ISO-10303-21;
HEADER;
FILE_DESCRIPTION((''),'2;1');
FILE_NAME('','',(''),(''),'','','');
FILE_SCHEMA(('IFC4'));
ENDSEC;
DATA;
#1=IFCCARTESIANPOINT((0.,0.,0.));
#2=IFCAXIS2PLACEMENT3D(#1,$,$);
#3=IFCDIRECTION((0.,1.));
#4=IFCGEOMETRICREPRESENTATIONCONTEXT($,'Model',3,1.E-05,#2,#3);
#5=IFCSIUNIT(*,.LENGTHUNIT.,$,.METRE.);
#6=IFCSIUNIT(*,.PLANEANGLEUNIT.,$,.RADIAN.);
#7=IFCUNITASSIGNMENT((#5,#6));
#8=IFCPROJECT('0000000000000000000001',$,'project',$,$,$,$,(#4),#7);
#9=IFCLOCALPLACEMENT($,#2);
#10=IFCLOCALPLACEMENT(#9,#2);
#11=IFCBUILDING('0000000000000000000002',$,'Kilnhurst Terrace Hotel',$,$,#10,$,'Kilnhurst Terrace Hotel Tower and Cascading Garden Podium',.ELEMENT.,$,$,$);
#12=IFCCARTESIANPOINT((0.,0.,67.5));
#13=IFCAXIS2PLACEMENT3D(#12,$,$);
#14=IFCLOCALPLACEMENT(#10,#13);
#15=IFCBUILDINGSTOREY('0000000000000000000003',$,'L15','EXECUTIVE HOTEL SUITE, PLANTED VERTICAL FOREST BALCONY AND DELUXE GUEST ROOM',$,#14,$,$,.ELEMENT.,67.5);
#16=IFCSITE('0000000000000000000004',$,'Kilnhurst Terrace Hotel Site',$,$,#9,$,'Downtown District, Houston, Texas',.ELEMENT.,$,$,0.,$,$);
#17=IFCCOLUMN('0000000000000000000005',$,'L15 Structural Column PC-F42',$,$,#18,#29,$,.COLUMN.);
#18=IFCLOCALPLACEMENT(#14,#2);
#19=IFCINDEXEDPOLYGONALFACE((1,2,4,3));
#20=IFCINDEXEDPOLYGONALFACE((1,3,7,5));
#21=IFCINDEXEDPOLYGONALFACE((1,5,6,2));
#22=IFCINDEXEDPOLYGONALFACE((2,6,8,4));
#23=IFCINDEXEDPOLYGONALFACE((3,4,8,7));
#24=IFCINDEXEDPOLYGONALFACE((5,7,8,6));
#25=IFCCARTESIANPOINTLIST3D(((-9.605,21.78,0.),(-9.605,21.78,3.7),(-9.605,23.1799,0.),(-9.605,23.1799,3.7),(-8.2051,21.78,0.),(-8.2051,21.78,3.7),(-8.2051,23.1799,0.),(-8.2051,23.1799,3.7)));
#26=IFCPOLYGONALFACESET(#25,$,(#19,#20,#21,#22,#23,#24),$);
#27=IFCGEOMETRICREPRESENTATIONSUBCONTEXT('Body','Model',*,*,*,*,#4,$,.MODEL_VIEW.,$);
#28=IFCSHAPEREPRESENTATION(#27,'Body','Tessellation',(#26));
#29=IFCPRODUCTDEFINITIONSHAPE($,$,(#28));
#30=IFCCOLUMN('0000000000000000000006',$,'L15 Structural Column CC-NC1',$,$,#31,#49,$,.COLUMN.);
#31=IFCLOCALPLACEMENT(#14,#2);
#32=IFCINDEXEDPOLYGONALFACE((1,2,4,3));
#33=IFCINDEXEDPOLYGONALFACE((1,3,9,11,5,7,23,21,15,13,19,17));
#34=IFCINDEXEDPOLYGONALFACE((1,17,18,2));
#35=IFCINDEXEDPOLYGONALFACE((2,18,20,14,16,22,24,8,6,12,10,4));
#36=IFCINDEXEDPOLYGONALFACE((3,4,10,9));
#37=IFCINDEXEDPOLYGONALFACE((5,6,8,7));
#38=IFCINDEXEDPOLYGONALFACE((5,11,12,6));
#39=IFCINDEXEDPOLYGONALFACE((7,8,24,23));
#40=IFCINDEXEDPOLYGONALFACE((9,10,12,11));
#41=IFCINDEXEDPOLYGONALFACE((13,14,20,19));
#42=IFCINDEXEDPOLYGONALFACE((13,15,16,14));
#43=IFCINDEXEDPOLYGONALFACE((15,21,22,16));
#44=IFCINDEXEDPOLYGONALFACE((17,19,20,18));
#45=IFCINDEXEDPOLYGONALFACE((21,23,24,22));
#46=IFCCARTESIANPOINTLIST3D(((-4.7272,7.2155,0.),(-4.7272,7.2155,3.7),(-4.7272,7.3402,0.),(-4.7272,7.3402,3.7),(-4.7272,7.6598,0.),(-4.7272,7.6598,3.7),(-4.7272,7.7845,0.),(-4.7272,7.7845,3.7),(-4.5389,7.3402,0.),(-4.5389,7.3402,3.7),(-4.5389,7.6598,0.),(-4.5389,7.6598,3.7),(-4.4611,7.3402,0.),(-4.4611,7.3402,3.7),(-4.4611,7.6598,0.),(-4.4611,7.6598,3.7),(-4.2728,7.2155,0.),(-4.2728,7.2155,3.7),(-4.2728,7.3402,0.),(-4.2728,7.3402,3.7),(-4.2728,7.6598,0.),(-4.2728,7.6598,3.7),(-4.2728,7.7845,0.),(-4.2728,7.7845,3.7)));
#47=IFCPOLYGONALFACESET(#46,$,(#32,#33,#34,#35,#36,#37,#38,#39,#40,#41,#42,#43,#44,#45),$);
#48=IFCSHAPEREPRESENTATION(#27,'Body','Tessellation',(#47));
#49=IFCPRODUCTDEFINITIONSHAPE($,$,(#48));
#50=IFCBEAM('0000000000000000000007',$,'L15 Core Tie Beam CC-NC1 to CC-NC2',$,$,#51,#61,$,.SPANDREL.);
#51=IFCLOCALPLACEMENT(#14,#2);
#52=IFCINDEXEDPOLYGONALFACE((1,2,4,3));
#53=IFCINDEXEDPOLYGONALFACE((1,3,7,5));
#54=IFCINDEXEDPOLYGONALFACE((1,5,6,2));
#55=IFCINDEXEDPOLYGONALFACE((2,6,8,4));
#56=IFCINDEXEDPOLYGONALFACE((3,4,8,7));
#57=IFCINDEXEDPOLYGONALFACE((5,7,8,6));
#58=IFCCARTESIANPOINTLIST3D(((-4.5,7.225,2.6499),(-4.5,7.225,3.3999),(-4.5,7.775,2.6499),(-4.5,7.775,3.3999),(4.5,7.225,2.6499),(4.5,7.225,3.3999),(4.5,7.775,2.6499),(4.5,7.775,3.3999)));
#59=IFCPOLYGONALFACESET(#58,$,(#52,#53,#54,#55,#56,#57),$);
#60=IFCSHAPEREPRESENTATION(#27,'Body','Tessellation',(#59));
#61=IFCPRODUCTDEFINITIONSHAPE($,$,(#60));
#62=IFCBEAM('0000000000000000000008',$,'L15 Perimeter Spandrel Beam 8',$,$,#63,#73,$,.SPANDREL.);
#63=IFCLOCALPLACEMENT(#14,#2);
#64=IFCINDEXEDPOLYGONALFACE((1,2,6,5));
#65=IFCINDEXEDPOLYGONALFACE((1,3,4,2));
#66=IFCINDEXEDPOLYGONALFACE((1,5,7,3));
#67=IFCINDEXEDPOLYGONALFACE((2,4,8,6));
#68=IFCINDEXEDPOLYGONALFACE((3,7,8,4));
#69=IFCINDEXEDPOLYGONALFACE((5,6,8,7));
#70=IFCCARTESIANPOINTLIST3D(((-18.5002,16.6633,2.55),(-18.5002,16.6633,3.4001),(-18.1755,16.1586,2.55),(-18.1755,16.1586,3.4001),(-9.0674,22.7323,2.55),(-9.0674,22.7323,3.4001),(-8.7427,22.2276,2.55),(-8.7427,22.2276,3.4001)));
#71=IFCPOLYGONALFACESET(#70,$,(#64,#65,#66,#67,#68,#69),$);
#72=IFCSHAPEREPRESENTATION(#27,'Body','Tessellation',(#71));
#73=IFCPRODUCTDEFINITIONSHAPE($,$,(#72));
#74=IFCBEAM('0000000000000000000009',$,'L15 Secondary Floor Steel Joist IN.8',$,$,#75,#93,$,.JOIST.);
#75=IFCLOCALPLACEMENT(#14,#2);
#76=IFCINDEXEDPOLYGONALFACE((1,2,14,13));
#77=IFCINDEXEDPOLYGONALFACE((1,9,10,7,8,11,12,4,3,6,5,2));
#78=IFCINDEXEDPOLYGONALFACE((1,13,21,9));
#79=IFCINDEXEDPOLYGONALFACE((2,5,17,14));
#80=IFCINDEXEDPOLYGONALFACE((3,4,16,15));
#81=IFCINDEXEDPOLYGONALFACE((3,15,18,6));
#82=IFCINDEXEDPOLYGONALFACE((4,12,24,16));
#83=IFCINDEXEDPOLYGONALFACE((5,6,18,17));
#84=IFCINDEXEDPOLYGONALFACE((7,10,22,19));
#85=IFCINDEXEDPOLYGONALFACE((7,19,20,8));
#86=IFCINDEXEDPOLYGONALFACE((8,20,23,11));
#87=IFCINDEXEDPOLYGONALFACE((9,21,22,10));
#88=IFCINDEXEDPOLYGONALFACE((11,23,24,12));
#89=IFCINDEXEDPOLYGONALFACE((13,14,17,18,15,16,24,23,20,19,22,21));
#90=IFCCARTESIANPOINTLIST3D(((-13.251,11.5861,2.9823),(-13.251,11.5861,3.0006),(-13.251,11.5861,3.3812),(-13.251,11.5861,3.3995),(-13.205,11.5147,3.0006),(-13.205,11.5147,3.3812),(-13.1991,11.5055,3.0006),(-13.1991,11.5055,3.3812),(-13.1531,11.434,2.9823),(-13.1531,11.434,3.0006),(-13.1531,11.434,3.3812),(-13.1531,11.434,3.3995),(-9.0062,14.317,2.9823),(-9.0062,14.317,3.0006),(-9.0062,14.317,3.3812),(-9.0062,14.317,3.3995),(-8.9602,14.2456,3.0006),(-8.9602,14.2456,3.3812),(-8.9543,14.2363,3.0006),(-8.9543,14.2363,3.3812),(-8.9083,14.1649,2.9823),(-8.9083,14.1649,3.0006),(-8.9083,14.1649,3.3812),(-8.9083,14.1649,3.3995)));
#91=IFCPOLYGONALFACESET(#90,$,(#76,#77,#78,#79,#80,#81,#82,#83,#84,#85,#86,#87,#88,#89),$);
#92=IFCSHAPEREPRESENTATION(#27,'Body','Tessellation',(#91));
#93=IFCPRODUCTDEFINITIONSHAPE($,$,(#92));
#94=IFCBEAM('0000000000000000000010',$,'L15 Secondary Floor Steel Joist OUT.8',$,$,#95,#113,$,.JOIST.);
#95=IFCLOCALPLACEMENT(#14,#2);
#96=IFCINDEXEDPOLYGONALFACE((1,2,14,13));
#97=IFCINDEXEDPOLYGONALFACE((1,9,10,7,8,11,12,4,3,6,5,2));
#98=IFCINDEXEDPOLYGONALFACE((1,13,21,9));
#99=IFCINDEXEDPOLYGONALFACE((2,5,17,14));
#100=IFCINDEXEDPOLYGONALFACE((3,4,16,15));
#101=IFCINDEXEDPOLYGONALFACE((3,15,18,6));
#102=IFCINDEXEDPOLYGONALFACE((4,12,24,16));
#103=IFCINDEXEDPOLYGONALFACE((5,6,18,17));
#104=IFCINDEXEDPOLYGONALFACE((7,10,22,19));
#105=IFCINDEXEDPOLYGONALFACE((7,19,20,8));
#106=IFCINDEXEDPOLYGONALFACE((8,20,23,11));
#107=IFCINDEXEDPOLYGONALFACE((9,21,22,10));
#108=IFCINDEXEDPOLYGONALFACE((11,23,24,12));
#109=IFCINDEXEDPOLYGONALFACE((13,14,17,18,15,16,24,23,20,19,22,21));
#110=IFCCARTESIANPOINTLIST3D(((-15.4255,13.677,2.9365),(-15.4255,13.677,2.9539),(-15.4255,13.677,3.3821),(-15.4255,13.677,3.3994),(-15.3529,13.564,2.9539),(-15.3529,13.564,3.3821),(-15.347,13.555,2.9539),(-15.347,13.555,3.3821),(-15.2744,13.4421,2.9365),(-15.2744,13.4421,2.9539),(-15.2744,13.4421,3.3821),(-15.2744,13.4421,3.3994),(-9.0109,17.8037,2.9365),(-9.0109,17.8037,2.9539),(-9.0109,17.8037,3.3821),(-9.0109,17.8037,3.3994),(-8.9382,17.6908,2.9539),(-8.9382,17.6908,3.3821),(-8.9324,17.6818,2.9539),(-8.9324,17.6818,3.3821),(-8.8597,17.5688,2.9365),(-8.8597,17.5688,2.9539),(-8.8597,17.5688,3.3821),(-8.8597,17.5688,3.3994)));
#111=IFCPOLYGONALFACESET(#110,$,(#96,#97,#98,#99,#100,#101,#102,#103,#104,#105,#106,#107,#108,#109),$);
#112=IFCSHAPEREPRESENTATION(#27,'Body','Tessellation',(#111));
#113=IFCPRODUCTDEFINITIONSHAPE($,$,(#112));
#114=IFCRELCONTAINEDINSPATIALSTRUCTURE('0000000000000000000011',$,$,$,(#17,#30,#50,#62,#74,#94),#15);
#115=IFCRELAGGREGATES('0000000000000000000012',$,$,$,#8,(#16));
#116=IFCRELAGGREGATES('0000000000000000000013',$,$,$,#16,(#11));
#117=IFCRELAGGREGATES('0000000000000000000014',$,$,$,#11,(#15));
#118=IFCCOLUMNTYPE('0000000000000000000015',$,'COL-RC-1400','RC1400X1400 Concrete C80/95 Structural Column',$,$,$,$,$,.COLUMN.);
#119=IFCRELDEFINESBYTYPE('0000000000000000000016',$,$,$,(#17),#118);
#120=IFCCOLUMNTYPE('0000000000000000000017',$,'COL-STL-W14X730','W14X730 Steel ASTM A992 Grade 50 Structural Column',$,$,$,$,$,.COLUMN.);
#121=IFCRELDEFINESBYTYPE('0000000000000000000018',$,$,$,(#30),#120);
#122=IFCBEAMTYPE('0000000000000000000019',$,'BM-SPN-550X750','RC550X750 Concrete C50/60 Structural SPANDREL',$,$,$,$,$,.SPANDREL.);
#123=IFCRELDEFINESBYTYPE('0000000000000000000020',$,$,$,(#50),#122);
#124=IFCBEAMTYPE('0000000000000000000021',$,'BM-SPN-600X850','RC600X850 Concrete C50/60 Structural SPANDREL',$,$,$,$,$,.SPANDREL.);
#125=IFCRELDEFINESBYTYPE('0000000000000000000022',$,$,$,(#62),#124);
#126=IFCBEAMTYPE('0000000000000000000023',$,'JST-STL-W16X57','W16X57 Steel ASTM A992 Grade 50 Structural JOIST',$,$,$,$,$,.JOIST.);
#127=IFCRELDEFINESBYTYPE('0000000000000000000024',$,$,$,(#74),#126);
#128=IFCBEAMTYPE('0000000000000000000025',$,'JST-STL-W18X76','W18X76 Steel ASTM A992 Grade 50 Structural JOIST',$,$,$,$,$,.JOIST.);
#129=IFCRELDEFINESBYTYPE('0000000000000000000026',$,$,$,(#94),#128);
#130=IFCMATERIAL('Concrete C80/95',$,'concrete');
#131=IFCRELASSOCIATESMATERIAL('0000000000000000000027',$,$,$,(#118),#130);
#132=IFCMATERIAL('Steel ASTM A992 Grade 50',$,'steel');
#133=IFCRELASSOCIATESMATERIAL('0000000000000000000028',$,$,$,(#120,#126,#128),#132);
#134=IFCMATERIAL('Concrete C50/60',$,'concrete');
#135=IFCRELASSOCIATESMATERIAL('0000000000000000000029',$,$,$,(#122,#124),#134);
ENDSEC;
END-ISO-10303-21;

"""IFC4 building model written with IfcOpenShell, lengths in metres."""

from ifc_helpers import new_model, si_unit, direction, frame, origin, origin_2d, place, context, subcontext, project, spatial, rectangle, i_section, extrude, material, material_profile, profile_set, type_object, element, save


model = new_model("IFC4")

# Units and contexts
model_context = context("Model", 3, precision=1e-05, world=origin(), true_north=direction((0.0, 1.0)))
body_context = subcontext(model_context, "Body", "Model", "MODEL_VIEW")
ifc_project = project(units=[si_unit("LENGTHUNIT", "METRE"), si_unit("PLANEANGLEUNIT", "RADIAN")], contexts=[model_context])

# Site, building, storey
site_placement = place(None, origin())
site = spatial("IfcSite", under=ifc_project, at=site_placement, Name="Kilnhurst Terrace Hotel Site", LongName="Downtown District, Houston, Texas", CompositionType="ELEMENT", RefElevation=0.0)
building_placement = place(site_placement, origin())
building = spatial("IfcBuilding", under=site, at=building_placement, Name="Kilnhurst Terrace Hotel", LongName="Kilnhurst Terrace Hotel Tower and Cascading Garden Podium", CompositionType="ELEMENT")
storey_placement = place(building_placement, frame((0.0, 0.0, 67.5)))
storey = spatial("IfcBuildingStorey", under=building, at=storey_placement, Name="L15", Description="EXECUTIVE HOTEL SUITE, PLANTED VERTICAL FOREST BALCONY AND DELUXE GUEST ROOM", CompositionType="ELEMENT", Elevation=67.5)

# Columns
ifc_material_1 = material(Name="Concrete C80/95", Category="concrete")
ifc_material_profile_1 = material_profile(ifc_material_1, rectangle(XDim=1.3999, YDim=1.3999, at=origin_2d()), Name="RC1400X1400")
ifc_profile_set_1 = profile_set([ifc_material_profile_1], Name="Concrete C80/95")
column_type_1 = type_object("IfcColumnType", Name="COL-RC-1400", Description="RC1400X1400 Concrete C80/95 Structural Column", PredefinedType="COLUMN", material=ifc_profile_set_1)
column_1_placement = place(storey_placement, frame((-8.905, 22.48, 0.0), z_axis=(0.0, 0.0, 1.0), x_axis=(1.0, 0.0, 0.0)))
element("IfcColumn", 1, at=column_1_placement, inside=storey, type_object=column_type_1, Name="L15 Structural Column PC-F42", PredefinedType="COLUMN", context=body_context, shape_type="SweptSolid", body=[
    extrude(rectangle(XDim=1.3999, YDim=1.3999, at=origin_2d()), origin(), (0.0, 0.0, 1.0), 3.7),
])
ifc_material_2 = material(Name="Steel ASTM A992 Grade 50", Category="steel")
ifc_material_profile_2 = material_profile(ifc_material_2, i_section(OverallWidth=0.4543, OverallDepth=0.5691, WebThickness=0.0779, FlangeThickness=0.1248, at=origin_2d()), Name="W14X730")
ifc_profile_set_2 = profile_set([ifc_material_profile_2], Name="Steel ASTM A992 Grade 50")
column_type_2 = type_object("IfcColumnType", Name="COL-STL-W14X730", Description="W14X730 Steel ASTM A992 Grade 50 Structural Column", PredefinedType="COLUMN", material=ifc_profile_set_2)
column_2_placement = place(storey_placement, frame((-4.5, 7.5, 0.0), z_axis=(0.0, 0.0, 1.0), x_axis=(1.0, 0.0, 0.0)))
element("IfcColumn", 2, at=column_2_placement, inside=storey, type_object=column_type_2, Name="L15 Structural Column CC-NC1", PredefinedType="COLUMN", context=body_context, shape_type="SweptSolid", body=[
    extrude(i_section(OverallWidth=0.4543, OverallDepth=0.5691, WebThickness=0.0779, FlangeThickness=0.1248, at=origin_2d()), origin(), (0.0, 0.0, 1.0), 3.7),
])

# Beams
ifc_material_3 = material(Name="Concrete C50/60", Category="concrete")
ifc_material_profile_3 = material_profile(ifc_material_3, rectangle(XDim=0.55, YDim=0.75, at=origin_2d()), Name="RC550X750")
ifc_profile_set_3 = profile_set([ifc_material_profile_3], Name="Concrete C50/60")
beam_type_1 = type_object("IfcBeamType", Name="BM-SPN-550X750", Description="RC550X750 Concrete C50/60 Structural SPANDREL", PredefinedType="SPANDREL", material=ifc_profile_set_3)
beam_1_placement = place(storey_placement, frame((-4.5, 7.5, 3.0249), z_axis=(1.0, 0.0, 0.0), x_axis=(0.0, 1.0, 0.0)))
element("IfcBeam", 3, at=beam_1_placement, inside=storey, type_object=beam_type_1, Name="L15 Core Tie Beam CC-NC1 to CC-NC2", PredefinedType="SPANDREL", context=body_context, shape_type="SweptSolid", body=[
    extrude(rectangle(XDim=0.55, YDim=0.75, at=origin_2d()), origin(), (0.0, 0.0, 1.0), 9.0),
])
ifc_material_profile_4 = material_profile(ifc_material_3, rectangle(XDim=0.6001, YDim=0.8501, at=origin_2d()), Name="RC600X850")
ifc_profile_set_4 = profile_set([ifc_material_profile_4], Name="Concrete C50/60")
beam_type_2 = type_object("IfcBeamType", Name="BM-SPN-600X850", Description="RC600X850 Concrete C50/60 Structural SPANDREL", PredefinedType="SPANDREL", material=ifc_profile_set_4)
beam_2_placement = place(storey_placement, frame((-8.905, 22.48, 2.9751), z_axis=(-0.840971, -0.54108, 0.0), x_axis=(0.54108, -0.840971, 0.0)))
element("IfcBeam", 4, at=beam_2_placement, inside=storey, type_object=beam_type_2, Name="L15 Perimeter Spandrel Beam 8", PredefinedType="SPANDREL", context=body_context, shape_type="SweptSolid", body=[
    extrude(rectangle(XDim=0.6001, YDim=0.8501, at=origin_2d()), origin(), (0.0, 0.0, 1.0), 11.2166),
])
ifc_material_profile_5 = material_profile(ifc_material_2, i_section(OverallWidth=0.1809, OverallDepth=0.4172, WebThickness=0.011, FlangeThickness=0.0183, at=origin_2d()), Name="W16X57")
ifc_profile_set_5 = profile_set([ifc_material_profile_5], Name="Steel ASTM A992 Grade 50")
beam_type_3 = type_object("IfcBeamType", Name="JST-STL-W16X57", Description="W16X57 Steel ASTM A992 Grade 50 Structural JOIST", PredefinedType="JOIST", material=ifc_profile_set_5)
beam_3_placement = place(storey_placement, frame((-8.9573, 14.241, 3.1909), z_axis=(-0.840988, -0.541053, 0.0), x_axis=(0.541053, -0.840988, 0.0)))
element("IfcBeam", 5, at=beam_3_placement, inside=storey, type_object=beam_type_3, Name="L15 Secondary Floor Steel Joist IN.8", PredefinedType="JOIST", context=body_context, shape_type="SweptSolid", body=[
    extrude(i_section(OverallWidth=0.1809, OverallDepth=0.4172, WebThickness=0.011, FlangeThickness=0.0183, at=origin_2d()), origin(), (0.0, 0.0, 1.0), 5.0474),
])
ifc_material_profile_6 = material_profile(ifc_material_2, i_section(OverallWidth=0.2793, OverallDepth=0.4629, WebThickness=0.0107, FlangeThickness=0.0173, at=origin_2d()), Name="W18X76")
ifc_profile_set_6 = profile_set([ifc_material_profile_6], Name="Steel ASTM A992 Grade 50")
beam_type_4 = type_object("IfcBeamType", Name="JST-STL-W18X76", Description="W18X76 Steel ASTM A992 Grade 50 Structural JOIST", PredefinedType="JOIST", material=ifc_profile_set_6)
beam_4_placement = place(storey_placement, frame((-8.9353, 17.6863, 3.168), z_axis=(-0.840995, -0.541042, 0.0), x_axis=(0.541042, -0.840995, 0.0)))
element("IfcBeam", 6, at=beam_4_placement, inside=storey, type_object=beam_type_4, Name="L15 Secondary Floor Steel Joist OUT.8", PredefinedType="JOIST", context=body_context, shape_type="SweptSolid", body=[
    extrude(i_section(OverallWidth=0.2793, OverallDepth=0.4629, WebThickness=0.0107, FlangeThickness=0.0173, at=origin_2d()), origin(), (0.0, 0.0, 1.0), 7.6274),
])

save(model, "model.ifc")
